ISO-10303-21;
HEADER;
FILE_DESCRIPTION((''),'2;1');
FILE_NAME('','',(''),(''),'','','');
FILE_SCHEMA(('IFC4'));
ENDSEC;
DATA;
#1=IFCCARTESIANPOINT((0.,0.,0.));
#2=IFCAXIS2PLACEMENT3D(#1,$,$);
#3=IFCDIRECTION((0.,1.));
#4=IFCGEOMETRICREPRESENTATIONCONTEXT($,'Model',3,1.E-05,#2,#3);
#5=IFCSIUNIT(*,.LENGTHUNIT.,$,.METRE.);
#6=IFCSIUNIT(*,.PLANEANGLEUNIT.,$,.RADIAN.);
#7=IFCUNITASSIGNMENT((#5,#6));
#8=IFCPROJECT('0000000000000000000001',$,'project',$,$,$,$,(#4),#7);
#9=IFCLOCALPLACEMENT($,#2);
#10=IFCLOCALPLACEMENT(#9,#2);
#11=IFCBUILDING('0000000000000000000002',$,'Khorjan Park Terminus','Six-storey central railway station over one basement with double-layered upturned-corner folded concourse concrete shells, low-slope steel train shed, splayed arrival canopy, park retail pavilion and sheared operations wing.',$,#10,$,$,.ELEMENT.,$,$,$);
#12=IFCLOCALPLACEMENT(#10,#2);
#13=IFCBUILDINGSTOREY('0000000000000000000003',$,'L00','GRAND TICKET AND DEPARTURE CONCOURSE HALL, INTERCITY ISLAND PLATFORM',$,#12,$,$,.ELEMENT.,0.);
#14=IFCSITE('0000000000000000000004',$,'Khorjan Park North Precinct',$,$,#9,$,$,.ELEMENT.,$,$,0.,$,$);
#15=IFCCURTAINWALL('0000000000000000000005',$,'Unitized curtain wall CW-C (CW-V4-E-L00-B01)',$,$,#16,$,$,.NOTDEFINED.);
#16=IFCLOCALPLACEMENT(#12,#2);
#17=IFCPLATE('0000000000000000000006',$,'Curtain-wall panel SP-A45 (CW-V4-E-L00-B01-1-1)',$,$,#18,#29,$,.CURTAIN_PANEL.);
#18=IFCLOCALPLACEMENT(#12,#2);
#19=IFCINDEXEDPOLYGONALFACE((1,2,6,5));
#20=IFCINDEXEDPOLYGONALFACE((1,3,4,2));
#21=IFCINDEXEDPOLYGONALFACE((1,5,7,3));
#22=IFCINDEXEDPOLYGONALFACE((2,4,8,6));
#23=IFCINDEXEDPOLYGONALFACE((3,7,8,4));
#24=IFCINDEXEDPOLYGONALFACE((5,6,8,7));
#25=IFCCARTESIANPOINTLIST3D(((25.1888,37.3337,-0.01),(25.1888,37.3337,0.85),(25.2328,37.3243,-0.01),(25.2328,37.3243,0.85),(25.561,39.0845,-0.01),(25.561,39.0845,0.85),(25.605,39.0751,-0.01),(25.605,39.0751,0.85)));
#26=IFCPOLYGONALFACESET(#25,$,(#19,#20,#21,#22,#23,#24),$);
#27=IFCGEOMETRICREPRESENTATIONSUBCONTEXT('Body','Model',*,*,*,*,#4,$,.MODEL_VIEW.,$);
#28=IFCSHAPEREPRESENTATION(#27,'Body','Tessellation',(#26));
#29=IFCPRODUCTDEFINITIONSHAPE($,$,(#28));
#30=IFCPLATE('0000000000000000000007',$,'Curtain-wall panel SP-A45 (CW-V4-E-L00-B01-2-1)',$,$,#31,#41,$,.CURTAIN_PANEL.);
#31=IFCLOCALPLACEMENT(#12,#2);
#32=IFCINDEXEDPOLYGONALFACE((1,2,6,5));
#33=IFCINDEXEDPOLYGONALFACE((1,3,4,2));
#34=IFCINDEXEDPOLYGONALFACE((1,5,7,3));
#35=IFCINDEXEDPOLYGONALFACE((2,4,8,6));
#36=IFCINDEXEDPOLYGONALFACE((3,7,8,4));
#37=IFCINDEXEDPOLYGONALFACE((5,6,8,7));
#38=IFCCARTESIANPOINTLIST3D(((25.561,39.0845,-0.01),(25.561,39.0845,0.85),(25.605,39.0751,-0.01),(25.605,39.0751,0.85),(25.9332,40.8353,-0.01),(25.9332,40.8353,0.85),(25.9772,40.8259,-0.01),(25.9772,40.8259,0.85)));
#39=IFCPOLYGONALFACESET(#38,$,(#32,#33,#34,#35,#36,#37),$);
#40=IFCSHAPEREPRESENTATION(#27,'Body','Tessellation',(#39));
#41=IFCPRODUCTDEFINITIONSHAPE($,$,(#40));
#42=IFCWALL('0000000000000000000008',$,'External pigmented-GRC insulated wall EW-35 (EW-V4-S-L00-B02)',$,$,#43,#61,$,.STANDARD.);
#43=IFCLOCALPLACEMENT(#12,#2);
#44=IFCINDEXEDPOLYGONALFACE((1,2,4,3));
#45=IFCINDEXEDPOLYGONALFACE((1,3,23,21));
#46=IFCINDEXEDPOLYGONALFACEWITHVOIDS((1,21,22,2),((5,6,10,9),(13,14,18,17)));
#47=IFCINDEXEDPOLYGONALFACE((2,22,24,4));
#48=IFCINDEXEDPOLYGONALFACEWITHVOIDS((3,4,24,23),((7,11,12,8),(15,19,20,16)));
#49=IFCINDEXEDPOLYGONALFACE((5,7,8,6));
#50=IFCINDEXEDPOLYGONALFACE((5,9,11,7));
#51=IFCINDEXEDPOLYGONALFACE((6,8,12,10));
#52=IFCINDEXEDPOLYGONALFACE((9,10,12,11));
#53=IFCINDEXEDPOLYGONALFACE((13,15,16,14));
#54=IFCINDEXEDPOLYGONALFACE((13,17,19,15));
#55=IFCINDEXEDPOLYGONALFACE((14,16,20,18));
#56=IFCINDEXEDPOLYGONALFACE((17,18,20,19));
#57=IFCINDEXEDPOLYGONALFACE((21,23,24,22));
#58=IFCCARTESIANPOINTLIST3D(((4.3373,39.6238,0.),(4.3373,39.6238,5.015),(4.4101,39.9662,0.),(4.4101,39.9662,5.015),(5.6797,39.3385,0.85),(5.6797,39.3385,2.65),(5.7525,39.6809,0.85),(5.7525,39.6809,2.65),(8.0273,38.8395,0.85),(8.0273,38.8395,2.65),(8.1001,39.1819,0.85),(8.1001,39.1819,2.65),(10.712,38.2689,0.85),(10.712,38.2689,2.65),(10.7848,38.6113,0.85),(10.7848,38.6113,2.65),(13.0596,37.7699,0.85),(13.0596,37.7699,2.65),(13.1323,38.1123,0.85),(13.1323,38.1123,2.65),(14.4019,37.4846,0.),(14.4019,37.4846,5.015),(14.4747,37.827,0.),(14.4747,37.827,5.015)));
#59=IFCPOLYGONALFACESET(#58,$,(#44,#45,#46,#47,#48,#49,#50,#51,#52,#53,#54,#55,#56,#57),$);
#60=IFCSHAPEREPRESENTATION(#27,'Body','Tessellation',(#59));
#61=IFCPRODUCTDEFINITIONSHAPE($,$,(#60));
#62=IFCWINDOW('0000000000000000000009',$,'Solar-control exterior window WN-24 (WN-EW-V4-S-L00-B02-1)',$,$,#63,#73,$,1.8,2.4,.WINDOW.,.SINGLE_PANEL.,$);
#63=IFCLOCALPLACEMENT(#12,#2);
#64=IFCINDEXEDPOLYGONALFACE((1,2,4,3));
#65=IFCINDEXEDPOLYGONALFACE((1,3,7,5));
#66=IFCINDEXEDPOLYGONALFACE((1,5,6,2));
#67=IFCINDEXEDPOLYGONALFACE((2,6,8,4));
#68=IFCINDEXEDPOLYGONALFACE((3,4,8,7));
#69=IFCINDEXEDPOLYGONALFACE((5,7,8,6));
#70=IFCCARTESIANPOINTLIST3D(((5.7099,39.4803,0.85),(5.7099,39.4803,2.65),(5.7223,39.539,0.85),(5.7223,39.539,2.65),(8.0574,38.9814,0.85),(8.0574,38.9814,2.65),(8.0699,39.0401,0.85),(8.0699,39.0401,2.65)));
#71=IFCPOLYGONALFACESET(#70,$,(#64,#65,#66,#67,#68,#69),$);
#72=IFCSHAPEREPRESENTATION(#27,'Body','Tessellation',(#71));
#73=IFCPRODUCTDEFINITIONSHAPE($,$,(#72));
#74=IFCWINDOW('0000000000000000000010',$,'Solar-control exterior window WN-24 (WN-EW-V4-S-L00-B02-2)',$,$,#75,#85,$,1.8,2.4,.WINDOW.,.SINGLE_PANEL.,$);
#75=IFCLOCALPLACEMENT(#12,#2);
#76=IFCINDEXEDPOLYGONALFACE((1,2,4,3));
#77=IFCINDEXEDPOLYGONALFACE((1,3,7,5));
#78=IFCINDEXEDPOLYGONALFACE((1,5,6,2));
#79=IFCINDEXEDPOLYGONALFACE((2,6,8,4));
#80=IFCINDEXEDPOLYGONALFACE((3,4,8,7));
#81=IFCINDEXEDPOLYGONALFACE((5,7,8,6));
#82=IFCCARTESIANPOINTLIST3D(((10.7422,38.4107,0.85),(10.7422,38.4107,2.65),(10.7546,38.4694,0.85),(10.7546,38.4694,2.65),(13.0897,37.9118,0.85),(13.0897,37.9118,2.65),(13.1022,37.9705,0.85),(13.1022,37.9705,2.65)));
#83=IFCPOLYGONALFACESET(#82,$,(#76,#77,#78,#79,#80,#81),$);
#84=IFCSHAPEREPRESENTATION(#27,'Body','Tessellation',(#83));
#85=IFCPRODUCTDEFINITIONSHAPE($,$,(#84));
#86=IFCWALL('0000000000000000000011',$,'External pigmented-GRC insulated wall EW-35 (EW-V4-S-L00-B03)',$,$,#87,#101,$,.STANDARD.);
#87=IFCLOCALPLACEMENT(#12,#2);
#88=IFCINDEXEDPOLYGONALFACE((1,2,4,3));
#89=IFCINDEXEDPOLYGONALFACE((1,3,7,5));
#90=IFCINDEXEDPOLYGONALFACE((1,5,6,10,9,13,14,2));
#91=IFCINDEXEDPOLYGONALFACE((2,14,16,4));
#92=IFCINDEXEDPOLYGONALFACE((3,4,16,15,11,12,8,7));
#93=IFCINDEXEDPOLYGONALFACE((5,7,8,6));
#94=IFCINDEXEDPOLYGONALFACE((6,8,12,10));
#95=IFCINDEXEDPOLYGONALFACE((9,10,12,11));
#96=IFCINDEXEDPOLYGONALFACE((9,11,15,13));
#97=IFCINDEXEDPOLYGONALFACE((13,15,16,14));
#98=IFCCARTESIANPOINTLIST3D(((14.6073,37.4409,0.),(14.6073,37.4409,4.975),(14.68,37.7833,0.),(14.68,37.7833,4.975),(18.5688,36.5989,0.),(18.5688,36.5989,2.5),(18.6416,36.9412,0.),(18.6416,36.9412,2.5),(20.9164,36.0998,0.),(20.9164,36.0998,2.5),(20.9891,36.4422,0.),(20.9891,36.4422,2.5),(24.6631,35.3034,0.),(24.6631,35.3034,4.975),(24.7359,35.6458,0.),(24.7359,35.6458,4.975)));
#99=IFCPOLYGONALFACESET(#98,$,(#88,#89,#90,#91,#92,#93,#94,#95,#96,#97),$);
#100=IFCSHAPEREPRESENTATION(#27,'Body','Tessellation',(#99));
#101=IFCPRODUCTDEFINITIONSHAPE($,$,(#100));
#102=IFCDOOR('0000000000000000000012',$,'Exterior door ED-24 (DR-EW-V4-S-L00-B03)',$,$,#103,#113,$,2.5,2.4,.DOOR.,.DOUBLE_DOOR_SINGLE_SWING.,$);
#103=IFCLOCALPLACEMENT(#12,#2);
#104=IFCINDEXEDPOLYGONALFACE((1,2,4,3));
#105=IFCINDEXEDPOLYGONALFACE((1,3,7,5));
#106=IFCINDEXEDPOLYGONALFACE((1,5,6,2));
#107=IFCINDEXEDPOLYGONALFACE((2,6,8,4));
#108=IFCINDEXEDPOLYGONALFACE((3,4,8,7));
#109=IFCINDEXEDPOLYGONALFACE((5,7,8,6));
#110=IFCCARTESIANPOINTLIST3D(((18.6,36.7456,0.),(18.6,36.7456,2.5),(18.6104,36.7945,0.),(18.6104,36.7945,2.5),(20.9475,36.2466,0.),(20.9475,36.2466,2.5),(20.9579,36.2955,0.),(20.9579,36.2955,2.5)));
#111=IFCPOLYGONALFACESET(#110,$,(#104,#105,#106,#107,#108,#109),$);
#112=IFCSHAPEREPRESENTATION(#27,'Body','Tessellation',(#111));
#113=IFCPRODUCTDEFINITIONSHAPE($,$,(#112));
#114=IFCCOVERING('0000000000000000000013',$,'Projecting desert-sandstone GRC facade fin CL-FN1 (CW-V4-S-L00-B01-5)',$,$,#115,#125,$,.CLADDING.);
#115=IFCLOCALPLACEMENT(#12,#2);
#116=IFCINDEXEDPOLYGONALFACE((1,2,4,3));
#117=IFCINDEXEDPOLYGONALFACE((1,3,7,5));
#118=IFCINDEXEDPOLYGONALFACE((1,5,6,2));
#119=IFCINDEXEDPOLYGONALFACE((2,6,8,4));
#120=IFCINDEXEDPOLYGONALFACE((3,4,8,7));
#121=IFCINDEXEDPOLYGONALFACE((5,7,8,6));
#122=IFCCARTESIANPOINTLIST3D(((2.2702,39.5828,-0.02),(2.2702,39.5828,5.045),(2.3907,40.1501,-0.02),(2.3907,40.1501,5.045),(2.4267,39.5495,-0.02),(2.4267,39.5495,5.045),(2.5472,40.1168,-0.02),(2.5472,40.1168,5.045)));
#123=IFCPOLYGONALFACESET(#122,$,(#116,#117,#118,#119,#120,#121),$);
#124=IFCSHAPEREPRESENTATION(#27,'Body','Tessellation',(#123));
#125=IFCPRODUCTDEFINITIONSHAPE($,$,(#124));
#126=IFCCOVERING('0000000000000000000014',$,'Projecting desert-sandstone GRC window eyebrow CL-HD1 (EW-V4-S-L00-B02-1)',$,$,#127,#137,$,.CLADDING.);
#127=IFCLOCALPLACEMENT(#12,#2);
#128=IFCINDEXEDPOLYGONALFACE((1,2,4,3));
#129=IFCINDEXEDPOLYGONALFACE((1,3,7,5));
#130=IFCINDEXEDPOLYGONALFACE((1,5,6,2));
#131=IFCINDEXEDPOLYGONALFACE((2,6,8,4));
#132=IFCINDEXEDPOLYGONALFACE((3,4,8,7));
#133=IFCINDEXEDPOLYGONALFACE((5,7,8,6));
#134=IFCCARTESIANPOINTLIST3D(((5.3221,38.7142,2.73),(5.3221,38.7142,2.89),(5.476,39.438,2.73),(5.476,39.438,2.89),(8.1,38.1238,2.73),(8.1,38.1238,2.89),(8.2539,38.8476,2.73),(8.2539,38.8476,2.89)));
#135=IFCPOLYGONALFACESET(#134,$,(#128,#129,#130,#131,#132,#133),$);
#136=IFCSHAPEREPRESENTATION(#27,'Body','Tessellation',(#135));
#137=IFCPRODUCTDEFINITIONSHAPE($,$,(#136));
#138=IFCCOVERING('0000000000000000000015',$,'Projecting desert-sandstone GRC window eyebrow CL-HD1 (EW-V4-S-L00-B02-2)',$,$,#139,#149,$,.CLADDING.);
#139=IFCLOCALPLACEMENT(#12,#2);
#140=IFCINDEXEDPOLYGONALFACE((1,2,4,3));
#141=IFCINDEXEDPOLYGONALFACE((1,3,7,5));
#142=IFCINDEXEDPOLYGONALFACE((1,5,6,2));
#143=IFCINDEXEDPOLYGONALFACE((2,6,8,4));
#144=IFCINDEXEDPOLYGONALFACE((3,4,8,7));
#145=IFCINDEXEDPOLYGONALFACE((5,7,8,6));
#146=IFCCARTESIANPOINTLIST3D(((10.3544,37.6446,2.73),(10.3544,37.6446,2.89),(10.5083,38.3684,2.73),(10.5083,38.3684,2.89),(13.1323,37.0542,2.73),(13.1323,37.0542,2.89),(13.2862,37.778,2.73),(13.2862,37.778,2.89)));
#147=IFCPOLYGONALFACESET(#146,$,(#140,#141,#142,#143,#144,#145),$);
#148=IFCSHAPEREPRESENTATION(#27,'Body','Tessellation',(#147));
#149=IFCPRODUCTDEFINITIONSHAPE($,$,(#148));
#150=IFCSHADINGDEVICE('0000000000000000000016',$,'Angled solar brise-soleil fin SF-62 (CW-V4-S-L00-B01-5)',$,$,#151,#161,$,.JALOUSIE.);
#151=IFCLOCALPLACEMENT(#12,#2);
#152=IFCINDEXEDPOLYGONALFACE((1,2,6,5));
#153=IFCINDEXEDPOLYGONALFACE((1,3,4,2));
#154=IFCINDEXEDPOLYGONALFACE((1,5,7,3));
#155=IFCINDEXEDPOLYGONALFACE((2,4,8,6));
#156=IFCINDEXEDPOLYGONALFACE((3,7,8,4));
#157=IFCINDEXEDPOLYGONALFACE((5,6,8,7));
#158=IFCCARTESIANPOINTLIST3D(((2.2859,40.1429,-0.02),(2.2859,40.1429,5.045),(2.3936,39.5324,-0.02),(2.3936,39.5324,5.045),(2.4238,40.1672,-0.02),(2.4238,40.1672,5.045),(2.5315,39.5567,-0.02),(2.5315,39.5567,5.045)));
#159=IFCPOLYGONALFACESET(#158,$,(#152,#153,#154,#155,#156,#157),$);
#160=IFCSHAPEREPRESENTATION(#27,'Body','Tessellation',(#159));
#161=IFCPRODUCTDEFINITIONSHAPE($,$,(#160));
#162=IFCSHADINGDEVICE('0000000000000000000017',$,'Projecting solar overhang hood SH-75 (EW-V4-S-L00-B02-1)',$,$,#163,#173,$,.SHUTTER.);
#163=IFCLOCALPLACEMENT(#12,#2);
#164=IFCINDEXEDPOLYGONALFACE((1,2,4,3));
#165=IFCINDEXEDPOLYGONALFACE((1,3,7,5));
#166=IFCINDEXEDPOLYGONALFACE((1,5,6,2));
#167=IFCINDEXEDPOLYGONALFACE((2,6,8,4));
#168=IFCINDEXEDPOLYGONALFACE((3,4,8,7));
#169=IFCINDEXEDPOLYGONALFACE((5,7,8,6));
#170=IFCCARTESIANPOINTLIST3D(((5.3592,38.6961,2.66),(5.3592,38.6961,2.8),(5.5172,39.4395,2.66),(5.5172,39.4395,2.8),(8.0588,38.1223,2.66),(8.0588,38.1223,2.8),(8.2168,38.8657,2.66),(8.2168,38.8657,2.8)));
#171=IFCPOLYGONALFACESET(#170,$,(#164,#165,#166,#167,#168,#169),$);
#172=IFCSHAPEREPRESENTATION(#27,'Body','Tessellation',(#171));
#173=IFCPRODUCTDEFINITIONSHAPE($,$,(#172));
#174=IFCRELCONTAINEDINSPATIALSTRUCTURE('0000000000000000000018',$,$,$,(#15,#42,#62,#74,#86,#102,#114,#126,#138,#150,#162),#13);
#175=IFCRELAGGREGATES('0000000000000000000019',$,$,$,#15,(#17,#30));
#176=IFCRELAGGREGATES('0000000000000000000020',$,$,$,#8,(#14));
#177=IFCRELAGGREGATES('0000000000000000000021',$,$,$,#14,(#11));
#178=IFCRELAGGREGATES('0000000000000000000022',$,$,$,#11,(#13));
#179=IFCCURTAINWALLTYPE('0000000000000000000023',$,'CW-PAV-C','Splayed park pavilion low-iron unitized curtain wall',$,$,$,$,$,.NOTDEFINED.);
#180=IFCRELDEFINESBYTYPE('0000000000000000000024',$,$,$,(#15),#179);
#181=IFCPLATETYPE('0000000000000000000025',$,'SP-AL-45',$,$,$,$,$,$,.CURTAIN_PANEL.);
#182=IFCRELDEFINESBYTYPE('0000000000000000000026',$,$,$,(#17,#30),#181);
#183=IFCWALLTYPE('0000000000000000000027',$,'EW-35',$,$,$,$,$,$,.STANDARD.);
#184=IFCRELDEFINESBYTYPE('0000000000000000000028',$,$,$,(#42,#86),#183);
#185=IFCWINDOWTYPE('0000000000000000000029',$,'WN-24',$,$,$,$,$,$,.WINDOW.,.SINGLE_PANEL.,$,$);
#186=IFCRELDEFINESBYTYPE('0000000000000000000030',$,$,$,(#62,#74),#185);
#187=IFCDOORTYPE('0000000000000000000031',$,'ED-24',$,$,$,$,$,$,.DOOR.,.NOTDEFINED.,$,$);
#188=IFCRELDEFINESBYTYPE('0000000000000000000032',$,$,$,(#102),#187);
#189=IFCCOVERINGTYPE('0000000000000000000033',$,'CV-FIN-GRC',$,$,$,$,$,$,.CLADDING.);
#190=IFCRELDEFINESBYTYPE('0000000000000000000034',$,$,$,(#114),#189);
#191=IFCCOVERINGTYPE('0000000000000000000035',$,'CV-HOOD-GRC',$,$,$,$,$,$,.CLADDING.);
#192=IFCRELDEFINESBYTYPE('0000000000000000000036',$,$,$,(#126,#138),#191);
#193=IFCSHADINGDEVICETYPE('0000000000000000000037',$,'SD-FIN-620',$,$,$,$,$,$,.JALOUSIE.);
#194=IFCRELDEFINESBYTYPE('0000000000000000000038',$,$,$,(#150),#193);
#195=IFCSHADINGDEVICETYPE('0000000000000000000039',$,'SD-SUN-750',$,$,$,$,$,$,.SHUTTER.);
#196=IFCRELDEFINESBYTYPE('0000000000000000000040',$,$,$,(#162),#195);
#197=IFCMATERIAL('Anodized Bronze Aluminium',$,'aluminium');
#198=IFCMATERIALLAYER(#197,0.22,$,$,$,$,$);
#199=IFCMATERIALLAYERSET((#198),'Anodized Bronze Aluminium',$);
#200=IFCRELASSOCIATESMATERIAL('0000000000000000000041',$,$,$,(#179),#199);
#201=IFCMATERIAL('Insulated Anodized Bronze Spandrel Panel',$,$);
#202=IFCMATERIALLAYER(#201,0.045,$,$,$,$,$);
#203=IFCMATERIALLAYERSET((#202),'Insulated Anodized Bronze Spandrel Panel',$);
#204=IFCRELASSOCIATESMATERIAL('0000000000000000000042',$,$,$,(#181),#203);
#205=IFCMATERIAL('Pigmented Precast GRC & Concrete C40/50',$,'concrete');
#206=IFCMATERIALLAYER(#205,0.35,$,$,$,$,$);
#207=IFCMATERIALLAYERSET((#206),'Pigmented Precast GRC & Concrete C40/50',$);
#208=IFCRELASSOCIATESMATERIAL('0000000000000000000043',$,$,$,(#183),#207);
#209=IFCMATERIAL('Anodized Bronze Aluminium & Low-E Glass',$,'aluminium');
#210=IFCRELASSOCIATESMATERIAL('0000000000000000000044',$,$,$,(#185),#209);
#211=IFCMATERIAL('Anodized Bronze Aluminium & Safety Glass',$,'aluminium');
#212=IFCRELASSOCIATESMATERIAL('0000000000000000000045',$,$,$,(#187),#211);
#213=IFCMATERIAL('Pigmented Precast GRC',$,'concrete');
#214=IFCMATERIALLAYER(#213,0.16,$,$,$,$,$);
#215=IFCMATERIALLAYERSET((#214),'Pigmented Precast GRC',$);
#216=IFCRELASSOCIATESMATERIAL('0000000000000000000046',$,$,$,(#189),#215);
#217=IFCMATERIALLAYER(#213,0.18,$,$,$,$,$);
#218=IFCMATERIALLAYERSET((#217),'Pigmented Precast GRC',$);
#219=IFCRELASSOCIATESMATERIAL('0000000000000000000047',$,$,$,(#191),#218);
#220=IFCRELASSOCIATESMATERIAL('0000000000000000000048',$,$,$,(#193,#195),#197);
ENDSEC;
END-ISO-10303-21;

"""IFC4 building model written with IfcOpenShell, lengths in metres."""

from ifc_helpers import new_model, si_unit, direction, frame, frame_2d, origin, origin_2d, place, context, subcontext, project, spatial, rectangle, extrude, material, layer, layer_set, type_object, element, fill, aggregate, save


model = new_model("IFC4")

# Units and contexts
model_context = context("Model", 3, precision=1e-05, world=origin(), true_north=direction((0.0, 1.0)))
body_context = subcontext(model_context, "Body", "Model", "MODEL_VIEW")
ifc_project = project(units=[si_unit("LENGTHUNIT", "METRE"), si_unit("PLANEANGLEUNIT", "RADIAN")], contexts=[model_context])

# Site, building, storey
site_placement = place(None, origin())
site = spatial("IfcSite", under=ifc_project, at=site_placement, Name="Khorjan Park North Precinct", CompositionType="ELEMENT", RefElevation=0.0)
building_placement = place(site_placement, origin())
building = spatial("IfcBuilding", under=site, at=building_placement, Name="Khorjan Park Terminus", Description="Six-storey central railway station over one basement with double-layered upturned-corner folded concourse concrete shells, low-slope steel train shed, splayed arrival canopy, park retail pavilion and sheared operations wing.", CompositionType="ELEMENT")
storey_placement = place(building_placement, origin())
storey = spatial("IfcBuildingStorey", under=building, at=storey_placement, Name="L00", Description="GRAND TICKET AND DEPARTURE CONCOURSE HALL, INTERCITY ISLAND PLATFORM", CompositionType="ELEMENT", Elevation=0.0)

# Shared definitions
ifc_material_1 = material(Name="Anodized Bronze Aluminium", Category="aluminium")
ifc_layer_1 = layer(ifc_material_1, 0.22)
ifc_layer_set_1 = layer_set([ifc_layer_1], Name="Anodized Bronze Aluminium")
curtain_wall_type = type_object("IfcCurtainWallType", Name="CW-PAV-C", Description="Splayed park pavilion low-iron unitized curtain wall", PredefinedType="NOTDEFINED", material=ifc_layer_set_1)

# Curtain wall, plates
curtain_wall_1_placement = place(storey_placement, origin())
curtain_wall_1 = element("IfcCurtainWall", 1, at=curtain_wall_1_placement, inside=storey, type_object=curtain_wall_type, Name="Unitized curtain wall CW-C (CW-V4-E-L00-B01)", PredefinedType="NOTDEFINED")
ifc_material_2 = material(Name="Insulated Anodized Bronze Spandrel Panel")
ifc_layer_2 = layer(ifc_material_2, 0.045)
ifc_layer_set_2 = layer_set([ifc_layer_2], Name="Insulated Anodized Bronze Spandrel Panel")
plate_type_1 = type_object("IfcPlateType", Name="SP-AL-45", PredefinedType="CURTAIN_PANEL", material=ifc_layer_set_2)
plate_1_placement = place(storey_placement, frame((25.3969, 38.2044, -0.01), z_axis=(0.0, 0.0, 1.0), x_axis=(0.207917, 0.978147, 0.0)))
plate_1 = element("IfcPlate", 2, at=plate_1_placement, type_object=plate_type_1, Name="Curtain-wall panel SP-A45 (CW-V4-E-L00-B01-1-1)", PredefinedType="CURTAIN_PANEL", context=body_context, shape_type="SweptSolid", body=[
    extrude(rectangle(XDim=1.7899, YDim=0.045, at=origin_2d()), origin(), (0.0, 0.0, 1.0), 0.86),
])
plate_2_placement = place(storey_placement, frame((25.7691, 39.9552, -0.01), z_axis=(0.0, 0.0, 1.0), x_axis=(0.207917, 0.978147, 0.0)))
plate_2 = element("IfcPlate", 3, at=plate_2_placement, type_object=plate_type_1, Name="Curtain-wall panel SP-A45 (CW-V4-E-L00-B01-2-1)", PredefinedType="CURTAIN_PANEL", context=body_context, shape_type="SweptSolid", body=[
    extrude(rectangle(XDim=1.7899, YDim=0.045, at=origin_2d()), origin(), (0.0, 0.0, 1.0), 0.86),
])
aggregate(curtain_wall_1, [plate_1, plate_2])

# Wall, openings, windows
ifc_material_3 = material(Name="Pigmented Precast GRC & Concrete C40/50", Category="concrete")
ifc_layer_3 = layer(ifc_material_3, 0.35)
ifc_layer_set_3 = layer_set([ifc_layer_3], Name="Pigmented Precast GRC & Concrete C40/50")
wall_type = type_object("IfcWallType", Name="EW-35", PredefinedType="STANDARD", material=ifc_layer_set_3)
wall_1_placement = place(storey_placement, frame((4.3737, 39.795, 0.0), z_axis=(0.0, 0.0, 1.0), x_axis=(0.97815, -0.207903, 0.0)))
wall_1 = element("IfcWall", 4, at=wall_1_placement, inside=storey, type_object=wall_type, Name="External pigmented-GRC insulated wall EW-35 (EW-V4-S-L00-B02)", PredefinedType="STANDARD", context=body_context, shape_type="SweptSolid", body=[
    extrude(rectangle(XDim=10.2894, YDim=0.35, at=frame_2d((5.1447, 0.0))), origin(), (0.0, 0.0, 1.0), 5.015),
])
opening_1_placement = place(wall_1_placement, frame((1.3724, 0.0, 0.85)))
opening_1 = element("IfcOpeningElement", 5, at=opening_1_placement, cuts=wall_1, PredefinedType="OPENING", context=body_context, shape_type="SweptSolid", body=[
    extrude(rectangle(XDim=2.4, YDim=1.8, at=frame_2d((1.2, 0.9))), frame((0.0, 0.185, 0.0), z_axis=(0.0, -1.0, 0.0), x_axis=(1.0, 0.0, 0.0)), (0.0, 0.0, 1.0), 0.37),
])
opening_2_placement = place(wall_1_placement, frame((6.5171, 0.0, 0.85)))
opening_2 = element("IfcOpeningElement", 6, at=opening_2_placement, cuts=wall_1, PredefinedType="OPENING", context=body_context, shape_type="SweptSolid", body=[
    extrude(rectangle(XDim=2.4, YDim=1.8, at=frame_2d((1.2, 0.9))), frame((0.0, 0.185, 0.0), z_axis=(0.0, -1.0, 0.0), x_axis=(1.0, 0.0, 0.0)), (0.0, 0.0, 1.0), 0.37),
])
ifc_material_4 = material(Name="Anodized Bronze Aluminium & Low-E Glass", Category="aluminium")
window_type = type_object("IfcWindowType", Name="WN-24", PartitioningType="SINGLE_PANEL", PredefinedType="WINDOW", material=ifc_material_4)
window_1_placement = place(opening_1_placement, origin())
window_1 = element("IfcWindow", 7, at=window_1_placement, inside=storey, type_object=window_type, Name="Solar-control exterior window WN-24 (WN-EW-V4-S-L00-B02-1)", OverallHeight=1.8, OverallWidth=2.4, PartitioningType="SINGLE_PANEL", PredefinedType="WINDOW", context=body_context, shape_type="SweptSolid", body=[
    extrude(rectangle(XDim=2.4, YDim=1.8, at=frame_2d((1.2, 0.9))), frame((0.0, 0.03, 0.0), z_axis=(0.0, -1.0, 0.0), x_axis=(1.0, 0.0, 0.0)), (0.0, 0.0, 1.0), 0.06),
])
fill(opening_1, window_1)
window_2_placement = place(opening_2_placement, origin())
window_2 = element("IfcWindow", 8, at=window_2_placement, inside=storey, type_object=window_type, Name="Solar-control exterior window WN-24 (WN-EW-V4-S-L00-B02-2)", OverallHeight=1.8, OverallWidth=2.4, PartitioningType="SINGLE_PANEL", PredefinedType="WINDOW", context=body_context, shape_type="SweptSolid", body=[
    extrude(rectangle(XDim=2.4, YDim=1.8, at=frame_2d((1.2, 0.9))), frame((0.0, 0.03, 0.0), z_axis=(0.0, -1.0, 0.0), x_axis=(1.0, 0.0, 0.0)), (0.0, 0.0, 1.0), 0.06),
])
fill(opening_2, window_2)

# Wall, opening, door
wall_2_placement = place(storey_placement, frame((14.6437, 37.6121, 0.0), z_axis=(0.0, 0.0, 1.0), x_axis=(0.978146, -0.207919, 0.0)))
wall_2 = element("IfcWall", 9, at=wall_2_placement, inside=storey, type_object=wall_type, Name="External pigmented-GRC insulated wall EW-35 (EW-V4-S-L00-B03)", PredefinedType="STANDARD", context=body_context, shape_type="SweptSolid", body=[
    extrude(rectangle(XDim=10.2805, YDim=0.35, at=frame_2d((5.1402, 0.0))), origin(), (0.0, 0.0, 1.0), 4.975),
])
opening_3_placement = place(wall_2_placement, frame((4.05, 0.0, 0.0)))
opening_3 = element("IfcOpeningElement", 10, at=opening_3_placement, cuts=wall_2, PredefinedType="OPENING", context=body_context, shape_type="SweptSolid", body=[
    extrude(rectangle(XDim=2.4, YDim=2.5, at=frame_2d((1.2, 1.25))), frame((0.0, 0.185, 0.0), z_axis=(0.0, -1.0, 0.0), x_axis=(1.0, 0.0, 0.0)), (0.0, 0.0, 1.0), 0.37),
])
ifc_material_5 = material(Name="Anodized Bronze Aluminium & Safety Glass", Category="aluminium")
door_type = type_object("IfcDoorType", Name="ED-24", OperationType="NOTDEFINED", PredefinedType="DOOR", material=ifc_material_5)
door_placement = place(opening_3_placement, origin())
door = element("IfcDoor", 11, at=door_placement, inside=storey, type_object=door_type, Name="Exterior door ED-24 (DR-EW-V4-S-L00-B03)", OperationType="DOUBLE_DOOR_SINGLE_SWING", OverallHeight=2.5, OverallWidth=2.4, PredefinedType="DOOR", context=body_context, shape_type="SweptSolid", body=[
    extrude(rectangle(XDim=2.4, YDim=2.5, at=frame_2d((1.2, 1.25))), frame((0.0, 0.025, 0.0), z_axis=(0.0, -1.0, 0.0), x_axis=(1.0, 0.0, 0.0)), (0.0, 0.0, 1.0), 0.05),
])
fill(opening_3, door)

# Coverings
ifc_material_6 = material(Name="Pigmented Precast GRC", Category="concrete")
ifc_layer_4 = layer(ifc_material_6, 0.16)
ifc_layer_set_4 = layer_set([ifc_layer_4], Name="Pigmented Precast GRC")
covering_type_1 = type_object("IfcCoveringType", Name="CV-FIN-GRC", PredefinedType="CLADDING", material=ifc_layer_set_4)
covering_placement = place(storey_placement, frame((2.4087, 39.8498, -0.02), z_axis=(0.0, 0.0, 1.0), x_axis=(0.207912, 0.978148, 0.0)))
element("IfcCovering", 12, at=covering_placement, inside=storey, type_object=covering_type_1, Name="Projecting desert-sandstone GRC facade fin CL-FN1 (CW-V4-S-L00-B01-5)", PredefinedType="CLADDING", context=body_context, shape_type="SweptSolid", body=[
    extrude(rectangle(XDim=0.58, YDim=0.16, at=origin_2d()), origin(), (0.0, 0.0, 1.0), 5.065),
])
ifc_layer_5 = layer(ifc_material_6, 0.18)
ifc_layer_set_5 = layer_set([ifc_layer_5], Name="Pigmented Precast GRC")
covering_type_2 = type_object("IfcCoveringType", Name="CV-HOOD-GRC", PredefinedType="CLADDING", material=ifc_layer_set_5)
for number, where, z_axis, x_axis, name in (
    (13, (6.788, 38.7809, 2.73), (0.0, 0.0, 1.0), (0.97815, -0.207903, 0.0), "Projecting desert-sandstone GRC window eyebrow CL-HD1 (EW-V4-S-L00-B02-1)"),
    (14, (11.8203, 37.7113, 2.73), (0.0, 0.0, 1.0), (0.97815, -0.207903, 0.0), "Projecting desert-sandstone GRC window eyebrow CL-HD1 (EW-V4-S-L00-B02-2)"),
):
    element("IfcCovering", number, at=place(storey_placement, frame(where, z_axis=z_axis, x_axis=x_axis)), inside=storey, type_object=covering_type_2, Name=name, PredefinedType="CLADDING", context=body_context, shape_type="SweptSolid", body=[
        extrude(rectangle(XDim=2.84, YDim=0.74, at=origin_2d()), origin(), (0.0, 0.0, 1.0), 0.16),
    ])

# Shading devices
shading_device_type_1 = type_object("IfcShadingDeviceType", Name="SD-FIN-620", PredefinedType="JALOUSIE", material=ifc_material_1)
shading_device_placement = place(storey_placement, frame((2.4087, 39.8498, -0.02), z_axis=(0.0, 0.0, 1.0), x_axis=(-0.173648, 0.984808, 0.0)))
element("IfcShadingDevice", 15, at=shading_device_placement, inside=storey, type_object=shading_device_type_1, Name="Angled solar brise-soleil fin SF-62 (CW-V4-S-L00-B01-5)", PredefinedType="JALOUSIE", context=body_context, shape_type="SweptSolid", body=[
    extrude(rectangle(XDim=0.62, YDim=0.14, at=origin_2d()), origin(), (0.0, 0.0, 1.0), 5.065),
])
shading_device_type_2 = type_object("IfcShadingDeviceType", Name="SD-SUN-750", PredefinedType="SHUTTER", material=ifc_material_1)
for number, where, z_axis, x_axis, name in (
    (16, (6.788, 38.7809, 2.66), (0.0, 0.0, 1.0), (0.97815, -0.207903, 0.0), "Projecting solar overhang hood SH-75 (EW-V4-S-L00-B02-1)"),
):
    element("IfcShadingDevice", number, at=place(storey_placement, frame(where, z_axis=z_axis, x_axis=x_axis)), inside=storey, type_object=shading_device_type_2, Name=name, PredefinedType="SHUTTER", context=body_context, shape_type="SweptSolid", body=[
        extrude(rectangle(XDim=2.76, YDim=0.76, at=origin_2d()), origin(), (0.0, 0.0, 1.0), 0.14),
    ])

save(model, "model.ifc")
